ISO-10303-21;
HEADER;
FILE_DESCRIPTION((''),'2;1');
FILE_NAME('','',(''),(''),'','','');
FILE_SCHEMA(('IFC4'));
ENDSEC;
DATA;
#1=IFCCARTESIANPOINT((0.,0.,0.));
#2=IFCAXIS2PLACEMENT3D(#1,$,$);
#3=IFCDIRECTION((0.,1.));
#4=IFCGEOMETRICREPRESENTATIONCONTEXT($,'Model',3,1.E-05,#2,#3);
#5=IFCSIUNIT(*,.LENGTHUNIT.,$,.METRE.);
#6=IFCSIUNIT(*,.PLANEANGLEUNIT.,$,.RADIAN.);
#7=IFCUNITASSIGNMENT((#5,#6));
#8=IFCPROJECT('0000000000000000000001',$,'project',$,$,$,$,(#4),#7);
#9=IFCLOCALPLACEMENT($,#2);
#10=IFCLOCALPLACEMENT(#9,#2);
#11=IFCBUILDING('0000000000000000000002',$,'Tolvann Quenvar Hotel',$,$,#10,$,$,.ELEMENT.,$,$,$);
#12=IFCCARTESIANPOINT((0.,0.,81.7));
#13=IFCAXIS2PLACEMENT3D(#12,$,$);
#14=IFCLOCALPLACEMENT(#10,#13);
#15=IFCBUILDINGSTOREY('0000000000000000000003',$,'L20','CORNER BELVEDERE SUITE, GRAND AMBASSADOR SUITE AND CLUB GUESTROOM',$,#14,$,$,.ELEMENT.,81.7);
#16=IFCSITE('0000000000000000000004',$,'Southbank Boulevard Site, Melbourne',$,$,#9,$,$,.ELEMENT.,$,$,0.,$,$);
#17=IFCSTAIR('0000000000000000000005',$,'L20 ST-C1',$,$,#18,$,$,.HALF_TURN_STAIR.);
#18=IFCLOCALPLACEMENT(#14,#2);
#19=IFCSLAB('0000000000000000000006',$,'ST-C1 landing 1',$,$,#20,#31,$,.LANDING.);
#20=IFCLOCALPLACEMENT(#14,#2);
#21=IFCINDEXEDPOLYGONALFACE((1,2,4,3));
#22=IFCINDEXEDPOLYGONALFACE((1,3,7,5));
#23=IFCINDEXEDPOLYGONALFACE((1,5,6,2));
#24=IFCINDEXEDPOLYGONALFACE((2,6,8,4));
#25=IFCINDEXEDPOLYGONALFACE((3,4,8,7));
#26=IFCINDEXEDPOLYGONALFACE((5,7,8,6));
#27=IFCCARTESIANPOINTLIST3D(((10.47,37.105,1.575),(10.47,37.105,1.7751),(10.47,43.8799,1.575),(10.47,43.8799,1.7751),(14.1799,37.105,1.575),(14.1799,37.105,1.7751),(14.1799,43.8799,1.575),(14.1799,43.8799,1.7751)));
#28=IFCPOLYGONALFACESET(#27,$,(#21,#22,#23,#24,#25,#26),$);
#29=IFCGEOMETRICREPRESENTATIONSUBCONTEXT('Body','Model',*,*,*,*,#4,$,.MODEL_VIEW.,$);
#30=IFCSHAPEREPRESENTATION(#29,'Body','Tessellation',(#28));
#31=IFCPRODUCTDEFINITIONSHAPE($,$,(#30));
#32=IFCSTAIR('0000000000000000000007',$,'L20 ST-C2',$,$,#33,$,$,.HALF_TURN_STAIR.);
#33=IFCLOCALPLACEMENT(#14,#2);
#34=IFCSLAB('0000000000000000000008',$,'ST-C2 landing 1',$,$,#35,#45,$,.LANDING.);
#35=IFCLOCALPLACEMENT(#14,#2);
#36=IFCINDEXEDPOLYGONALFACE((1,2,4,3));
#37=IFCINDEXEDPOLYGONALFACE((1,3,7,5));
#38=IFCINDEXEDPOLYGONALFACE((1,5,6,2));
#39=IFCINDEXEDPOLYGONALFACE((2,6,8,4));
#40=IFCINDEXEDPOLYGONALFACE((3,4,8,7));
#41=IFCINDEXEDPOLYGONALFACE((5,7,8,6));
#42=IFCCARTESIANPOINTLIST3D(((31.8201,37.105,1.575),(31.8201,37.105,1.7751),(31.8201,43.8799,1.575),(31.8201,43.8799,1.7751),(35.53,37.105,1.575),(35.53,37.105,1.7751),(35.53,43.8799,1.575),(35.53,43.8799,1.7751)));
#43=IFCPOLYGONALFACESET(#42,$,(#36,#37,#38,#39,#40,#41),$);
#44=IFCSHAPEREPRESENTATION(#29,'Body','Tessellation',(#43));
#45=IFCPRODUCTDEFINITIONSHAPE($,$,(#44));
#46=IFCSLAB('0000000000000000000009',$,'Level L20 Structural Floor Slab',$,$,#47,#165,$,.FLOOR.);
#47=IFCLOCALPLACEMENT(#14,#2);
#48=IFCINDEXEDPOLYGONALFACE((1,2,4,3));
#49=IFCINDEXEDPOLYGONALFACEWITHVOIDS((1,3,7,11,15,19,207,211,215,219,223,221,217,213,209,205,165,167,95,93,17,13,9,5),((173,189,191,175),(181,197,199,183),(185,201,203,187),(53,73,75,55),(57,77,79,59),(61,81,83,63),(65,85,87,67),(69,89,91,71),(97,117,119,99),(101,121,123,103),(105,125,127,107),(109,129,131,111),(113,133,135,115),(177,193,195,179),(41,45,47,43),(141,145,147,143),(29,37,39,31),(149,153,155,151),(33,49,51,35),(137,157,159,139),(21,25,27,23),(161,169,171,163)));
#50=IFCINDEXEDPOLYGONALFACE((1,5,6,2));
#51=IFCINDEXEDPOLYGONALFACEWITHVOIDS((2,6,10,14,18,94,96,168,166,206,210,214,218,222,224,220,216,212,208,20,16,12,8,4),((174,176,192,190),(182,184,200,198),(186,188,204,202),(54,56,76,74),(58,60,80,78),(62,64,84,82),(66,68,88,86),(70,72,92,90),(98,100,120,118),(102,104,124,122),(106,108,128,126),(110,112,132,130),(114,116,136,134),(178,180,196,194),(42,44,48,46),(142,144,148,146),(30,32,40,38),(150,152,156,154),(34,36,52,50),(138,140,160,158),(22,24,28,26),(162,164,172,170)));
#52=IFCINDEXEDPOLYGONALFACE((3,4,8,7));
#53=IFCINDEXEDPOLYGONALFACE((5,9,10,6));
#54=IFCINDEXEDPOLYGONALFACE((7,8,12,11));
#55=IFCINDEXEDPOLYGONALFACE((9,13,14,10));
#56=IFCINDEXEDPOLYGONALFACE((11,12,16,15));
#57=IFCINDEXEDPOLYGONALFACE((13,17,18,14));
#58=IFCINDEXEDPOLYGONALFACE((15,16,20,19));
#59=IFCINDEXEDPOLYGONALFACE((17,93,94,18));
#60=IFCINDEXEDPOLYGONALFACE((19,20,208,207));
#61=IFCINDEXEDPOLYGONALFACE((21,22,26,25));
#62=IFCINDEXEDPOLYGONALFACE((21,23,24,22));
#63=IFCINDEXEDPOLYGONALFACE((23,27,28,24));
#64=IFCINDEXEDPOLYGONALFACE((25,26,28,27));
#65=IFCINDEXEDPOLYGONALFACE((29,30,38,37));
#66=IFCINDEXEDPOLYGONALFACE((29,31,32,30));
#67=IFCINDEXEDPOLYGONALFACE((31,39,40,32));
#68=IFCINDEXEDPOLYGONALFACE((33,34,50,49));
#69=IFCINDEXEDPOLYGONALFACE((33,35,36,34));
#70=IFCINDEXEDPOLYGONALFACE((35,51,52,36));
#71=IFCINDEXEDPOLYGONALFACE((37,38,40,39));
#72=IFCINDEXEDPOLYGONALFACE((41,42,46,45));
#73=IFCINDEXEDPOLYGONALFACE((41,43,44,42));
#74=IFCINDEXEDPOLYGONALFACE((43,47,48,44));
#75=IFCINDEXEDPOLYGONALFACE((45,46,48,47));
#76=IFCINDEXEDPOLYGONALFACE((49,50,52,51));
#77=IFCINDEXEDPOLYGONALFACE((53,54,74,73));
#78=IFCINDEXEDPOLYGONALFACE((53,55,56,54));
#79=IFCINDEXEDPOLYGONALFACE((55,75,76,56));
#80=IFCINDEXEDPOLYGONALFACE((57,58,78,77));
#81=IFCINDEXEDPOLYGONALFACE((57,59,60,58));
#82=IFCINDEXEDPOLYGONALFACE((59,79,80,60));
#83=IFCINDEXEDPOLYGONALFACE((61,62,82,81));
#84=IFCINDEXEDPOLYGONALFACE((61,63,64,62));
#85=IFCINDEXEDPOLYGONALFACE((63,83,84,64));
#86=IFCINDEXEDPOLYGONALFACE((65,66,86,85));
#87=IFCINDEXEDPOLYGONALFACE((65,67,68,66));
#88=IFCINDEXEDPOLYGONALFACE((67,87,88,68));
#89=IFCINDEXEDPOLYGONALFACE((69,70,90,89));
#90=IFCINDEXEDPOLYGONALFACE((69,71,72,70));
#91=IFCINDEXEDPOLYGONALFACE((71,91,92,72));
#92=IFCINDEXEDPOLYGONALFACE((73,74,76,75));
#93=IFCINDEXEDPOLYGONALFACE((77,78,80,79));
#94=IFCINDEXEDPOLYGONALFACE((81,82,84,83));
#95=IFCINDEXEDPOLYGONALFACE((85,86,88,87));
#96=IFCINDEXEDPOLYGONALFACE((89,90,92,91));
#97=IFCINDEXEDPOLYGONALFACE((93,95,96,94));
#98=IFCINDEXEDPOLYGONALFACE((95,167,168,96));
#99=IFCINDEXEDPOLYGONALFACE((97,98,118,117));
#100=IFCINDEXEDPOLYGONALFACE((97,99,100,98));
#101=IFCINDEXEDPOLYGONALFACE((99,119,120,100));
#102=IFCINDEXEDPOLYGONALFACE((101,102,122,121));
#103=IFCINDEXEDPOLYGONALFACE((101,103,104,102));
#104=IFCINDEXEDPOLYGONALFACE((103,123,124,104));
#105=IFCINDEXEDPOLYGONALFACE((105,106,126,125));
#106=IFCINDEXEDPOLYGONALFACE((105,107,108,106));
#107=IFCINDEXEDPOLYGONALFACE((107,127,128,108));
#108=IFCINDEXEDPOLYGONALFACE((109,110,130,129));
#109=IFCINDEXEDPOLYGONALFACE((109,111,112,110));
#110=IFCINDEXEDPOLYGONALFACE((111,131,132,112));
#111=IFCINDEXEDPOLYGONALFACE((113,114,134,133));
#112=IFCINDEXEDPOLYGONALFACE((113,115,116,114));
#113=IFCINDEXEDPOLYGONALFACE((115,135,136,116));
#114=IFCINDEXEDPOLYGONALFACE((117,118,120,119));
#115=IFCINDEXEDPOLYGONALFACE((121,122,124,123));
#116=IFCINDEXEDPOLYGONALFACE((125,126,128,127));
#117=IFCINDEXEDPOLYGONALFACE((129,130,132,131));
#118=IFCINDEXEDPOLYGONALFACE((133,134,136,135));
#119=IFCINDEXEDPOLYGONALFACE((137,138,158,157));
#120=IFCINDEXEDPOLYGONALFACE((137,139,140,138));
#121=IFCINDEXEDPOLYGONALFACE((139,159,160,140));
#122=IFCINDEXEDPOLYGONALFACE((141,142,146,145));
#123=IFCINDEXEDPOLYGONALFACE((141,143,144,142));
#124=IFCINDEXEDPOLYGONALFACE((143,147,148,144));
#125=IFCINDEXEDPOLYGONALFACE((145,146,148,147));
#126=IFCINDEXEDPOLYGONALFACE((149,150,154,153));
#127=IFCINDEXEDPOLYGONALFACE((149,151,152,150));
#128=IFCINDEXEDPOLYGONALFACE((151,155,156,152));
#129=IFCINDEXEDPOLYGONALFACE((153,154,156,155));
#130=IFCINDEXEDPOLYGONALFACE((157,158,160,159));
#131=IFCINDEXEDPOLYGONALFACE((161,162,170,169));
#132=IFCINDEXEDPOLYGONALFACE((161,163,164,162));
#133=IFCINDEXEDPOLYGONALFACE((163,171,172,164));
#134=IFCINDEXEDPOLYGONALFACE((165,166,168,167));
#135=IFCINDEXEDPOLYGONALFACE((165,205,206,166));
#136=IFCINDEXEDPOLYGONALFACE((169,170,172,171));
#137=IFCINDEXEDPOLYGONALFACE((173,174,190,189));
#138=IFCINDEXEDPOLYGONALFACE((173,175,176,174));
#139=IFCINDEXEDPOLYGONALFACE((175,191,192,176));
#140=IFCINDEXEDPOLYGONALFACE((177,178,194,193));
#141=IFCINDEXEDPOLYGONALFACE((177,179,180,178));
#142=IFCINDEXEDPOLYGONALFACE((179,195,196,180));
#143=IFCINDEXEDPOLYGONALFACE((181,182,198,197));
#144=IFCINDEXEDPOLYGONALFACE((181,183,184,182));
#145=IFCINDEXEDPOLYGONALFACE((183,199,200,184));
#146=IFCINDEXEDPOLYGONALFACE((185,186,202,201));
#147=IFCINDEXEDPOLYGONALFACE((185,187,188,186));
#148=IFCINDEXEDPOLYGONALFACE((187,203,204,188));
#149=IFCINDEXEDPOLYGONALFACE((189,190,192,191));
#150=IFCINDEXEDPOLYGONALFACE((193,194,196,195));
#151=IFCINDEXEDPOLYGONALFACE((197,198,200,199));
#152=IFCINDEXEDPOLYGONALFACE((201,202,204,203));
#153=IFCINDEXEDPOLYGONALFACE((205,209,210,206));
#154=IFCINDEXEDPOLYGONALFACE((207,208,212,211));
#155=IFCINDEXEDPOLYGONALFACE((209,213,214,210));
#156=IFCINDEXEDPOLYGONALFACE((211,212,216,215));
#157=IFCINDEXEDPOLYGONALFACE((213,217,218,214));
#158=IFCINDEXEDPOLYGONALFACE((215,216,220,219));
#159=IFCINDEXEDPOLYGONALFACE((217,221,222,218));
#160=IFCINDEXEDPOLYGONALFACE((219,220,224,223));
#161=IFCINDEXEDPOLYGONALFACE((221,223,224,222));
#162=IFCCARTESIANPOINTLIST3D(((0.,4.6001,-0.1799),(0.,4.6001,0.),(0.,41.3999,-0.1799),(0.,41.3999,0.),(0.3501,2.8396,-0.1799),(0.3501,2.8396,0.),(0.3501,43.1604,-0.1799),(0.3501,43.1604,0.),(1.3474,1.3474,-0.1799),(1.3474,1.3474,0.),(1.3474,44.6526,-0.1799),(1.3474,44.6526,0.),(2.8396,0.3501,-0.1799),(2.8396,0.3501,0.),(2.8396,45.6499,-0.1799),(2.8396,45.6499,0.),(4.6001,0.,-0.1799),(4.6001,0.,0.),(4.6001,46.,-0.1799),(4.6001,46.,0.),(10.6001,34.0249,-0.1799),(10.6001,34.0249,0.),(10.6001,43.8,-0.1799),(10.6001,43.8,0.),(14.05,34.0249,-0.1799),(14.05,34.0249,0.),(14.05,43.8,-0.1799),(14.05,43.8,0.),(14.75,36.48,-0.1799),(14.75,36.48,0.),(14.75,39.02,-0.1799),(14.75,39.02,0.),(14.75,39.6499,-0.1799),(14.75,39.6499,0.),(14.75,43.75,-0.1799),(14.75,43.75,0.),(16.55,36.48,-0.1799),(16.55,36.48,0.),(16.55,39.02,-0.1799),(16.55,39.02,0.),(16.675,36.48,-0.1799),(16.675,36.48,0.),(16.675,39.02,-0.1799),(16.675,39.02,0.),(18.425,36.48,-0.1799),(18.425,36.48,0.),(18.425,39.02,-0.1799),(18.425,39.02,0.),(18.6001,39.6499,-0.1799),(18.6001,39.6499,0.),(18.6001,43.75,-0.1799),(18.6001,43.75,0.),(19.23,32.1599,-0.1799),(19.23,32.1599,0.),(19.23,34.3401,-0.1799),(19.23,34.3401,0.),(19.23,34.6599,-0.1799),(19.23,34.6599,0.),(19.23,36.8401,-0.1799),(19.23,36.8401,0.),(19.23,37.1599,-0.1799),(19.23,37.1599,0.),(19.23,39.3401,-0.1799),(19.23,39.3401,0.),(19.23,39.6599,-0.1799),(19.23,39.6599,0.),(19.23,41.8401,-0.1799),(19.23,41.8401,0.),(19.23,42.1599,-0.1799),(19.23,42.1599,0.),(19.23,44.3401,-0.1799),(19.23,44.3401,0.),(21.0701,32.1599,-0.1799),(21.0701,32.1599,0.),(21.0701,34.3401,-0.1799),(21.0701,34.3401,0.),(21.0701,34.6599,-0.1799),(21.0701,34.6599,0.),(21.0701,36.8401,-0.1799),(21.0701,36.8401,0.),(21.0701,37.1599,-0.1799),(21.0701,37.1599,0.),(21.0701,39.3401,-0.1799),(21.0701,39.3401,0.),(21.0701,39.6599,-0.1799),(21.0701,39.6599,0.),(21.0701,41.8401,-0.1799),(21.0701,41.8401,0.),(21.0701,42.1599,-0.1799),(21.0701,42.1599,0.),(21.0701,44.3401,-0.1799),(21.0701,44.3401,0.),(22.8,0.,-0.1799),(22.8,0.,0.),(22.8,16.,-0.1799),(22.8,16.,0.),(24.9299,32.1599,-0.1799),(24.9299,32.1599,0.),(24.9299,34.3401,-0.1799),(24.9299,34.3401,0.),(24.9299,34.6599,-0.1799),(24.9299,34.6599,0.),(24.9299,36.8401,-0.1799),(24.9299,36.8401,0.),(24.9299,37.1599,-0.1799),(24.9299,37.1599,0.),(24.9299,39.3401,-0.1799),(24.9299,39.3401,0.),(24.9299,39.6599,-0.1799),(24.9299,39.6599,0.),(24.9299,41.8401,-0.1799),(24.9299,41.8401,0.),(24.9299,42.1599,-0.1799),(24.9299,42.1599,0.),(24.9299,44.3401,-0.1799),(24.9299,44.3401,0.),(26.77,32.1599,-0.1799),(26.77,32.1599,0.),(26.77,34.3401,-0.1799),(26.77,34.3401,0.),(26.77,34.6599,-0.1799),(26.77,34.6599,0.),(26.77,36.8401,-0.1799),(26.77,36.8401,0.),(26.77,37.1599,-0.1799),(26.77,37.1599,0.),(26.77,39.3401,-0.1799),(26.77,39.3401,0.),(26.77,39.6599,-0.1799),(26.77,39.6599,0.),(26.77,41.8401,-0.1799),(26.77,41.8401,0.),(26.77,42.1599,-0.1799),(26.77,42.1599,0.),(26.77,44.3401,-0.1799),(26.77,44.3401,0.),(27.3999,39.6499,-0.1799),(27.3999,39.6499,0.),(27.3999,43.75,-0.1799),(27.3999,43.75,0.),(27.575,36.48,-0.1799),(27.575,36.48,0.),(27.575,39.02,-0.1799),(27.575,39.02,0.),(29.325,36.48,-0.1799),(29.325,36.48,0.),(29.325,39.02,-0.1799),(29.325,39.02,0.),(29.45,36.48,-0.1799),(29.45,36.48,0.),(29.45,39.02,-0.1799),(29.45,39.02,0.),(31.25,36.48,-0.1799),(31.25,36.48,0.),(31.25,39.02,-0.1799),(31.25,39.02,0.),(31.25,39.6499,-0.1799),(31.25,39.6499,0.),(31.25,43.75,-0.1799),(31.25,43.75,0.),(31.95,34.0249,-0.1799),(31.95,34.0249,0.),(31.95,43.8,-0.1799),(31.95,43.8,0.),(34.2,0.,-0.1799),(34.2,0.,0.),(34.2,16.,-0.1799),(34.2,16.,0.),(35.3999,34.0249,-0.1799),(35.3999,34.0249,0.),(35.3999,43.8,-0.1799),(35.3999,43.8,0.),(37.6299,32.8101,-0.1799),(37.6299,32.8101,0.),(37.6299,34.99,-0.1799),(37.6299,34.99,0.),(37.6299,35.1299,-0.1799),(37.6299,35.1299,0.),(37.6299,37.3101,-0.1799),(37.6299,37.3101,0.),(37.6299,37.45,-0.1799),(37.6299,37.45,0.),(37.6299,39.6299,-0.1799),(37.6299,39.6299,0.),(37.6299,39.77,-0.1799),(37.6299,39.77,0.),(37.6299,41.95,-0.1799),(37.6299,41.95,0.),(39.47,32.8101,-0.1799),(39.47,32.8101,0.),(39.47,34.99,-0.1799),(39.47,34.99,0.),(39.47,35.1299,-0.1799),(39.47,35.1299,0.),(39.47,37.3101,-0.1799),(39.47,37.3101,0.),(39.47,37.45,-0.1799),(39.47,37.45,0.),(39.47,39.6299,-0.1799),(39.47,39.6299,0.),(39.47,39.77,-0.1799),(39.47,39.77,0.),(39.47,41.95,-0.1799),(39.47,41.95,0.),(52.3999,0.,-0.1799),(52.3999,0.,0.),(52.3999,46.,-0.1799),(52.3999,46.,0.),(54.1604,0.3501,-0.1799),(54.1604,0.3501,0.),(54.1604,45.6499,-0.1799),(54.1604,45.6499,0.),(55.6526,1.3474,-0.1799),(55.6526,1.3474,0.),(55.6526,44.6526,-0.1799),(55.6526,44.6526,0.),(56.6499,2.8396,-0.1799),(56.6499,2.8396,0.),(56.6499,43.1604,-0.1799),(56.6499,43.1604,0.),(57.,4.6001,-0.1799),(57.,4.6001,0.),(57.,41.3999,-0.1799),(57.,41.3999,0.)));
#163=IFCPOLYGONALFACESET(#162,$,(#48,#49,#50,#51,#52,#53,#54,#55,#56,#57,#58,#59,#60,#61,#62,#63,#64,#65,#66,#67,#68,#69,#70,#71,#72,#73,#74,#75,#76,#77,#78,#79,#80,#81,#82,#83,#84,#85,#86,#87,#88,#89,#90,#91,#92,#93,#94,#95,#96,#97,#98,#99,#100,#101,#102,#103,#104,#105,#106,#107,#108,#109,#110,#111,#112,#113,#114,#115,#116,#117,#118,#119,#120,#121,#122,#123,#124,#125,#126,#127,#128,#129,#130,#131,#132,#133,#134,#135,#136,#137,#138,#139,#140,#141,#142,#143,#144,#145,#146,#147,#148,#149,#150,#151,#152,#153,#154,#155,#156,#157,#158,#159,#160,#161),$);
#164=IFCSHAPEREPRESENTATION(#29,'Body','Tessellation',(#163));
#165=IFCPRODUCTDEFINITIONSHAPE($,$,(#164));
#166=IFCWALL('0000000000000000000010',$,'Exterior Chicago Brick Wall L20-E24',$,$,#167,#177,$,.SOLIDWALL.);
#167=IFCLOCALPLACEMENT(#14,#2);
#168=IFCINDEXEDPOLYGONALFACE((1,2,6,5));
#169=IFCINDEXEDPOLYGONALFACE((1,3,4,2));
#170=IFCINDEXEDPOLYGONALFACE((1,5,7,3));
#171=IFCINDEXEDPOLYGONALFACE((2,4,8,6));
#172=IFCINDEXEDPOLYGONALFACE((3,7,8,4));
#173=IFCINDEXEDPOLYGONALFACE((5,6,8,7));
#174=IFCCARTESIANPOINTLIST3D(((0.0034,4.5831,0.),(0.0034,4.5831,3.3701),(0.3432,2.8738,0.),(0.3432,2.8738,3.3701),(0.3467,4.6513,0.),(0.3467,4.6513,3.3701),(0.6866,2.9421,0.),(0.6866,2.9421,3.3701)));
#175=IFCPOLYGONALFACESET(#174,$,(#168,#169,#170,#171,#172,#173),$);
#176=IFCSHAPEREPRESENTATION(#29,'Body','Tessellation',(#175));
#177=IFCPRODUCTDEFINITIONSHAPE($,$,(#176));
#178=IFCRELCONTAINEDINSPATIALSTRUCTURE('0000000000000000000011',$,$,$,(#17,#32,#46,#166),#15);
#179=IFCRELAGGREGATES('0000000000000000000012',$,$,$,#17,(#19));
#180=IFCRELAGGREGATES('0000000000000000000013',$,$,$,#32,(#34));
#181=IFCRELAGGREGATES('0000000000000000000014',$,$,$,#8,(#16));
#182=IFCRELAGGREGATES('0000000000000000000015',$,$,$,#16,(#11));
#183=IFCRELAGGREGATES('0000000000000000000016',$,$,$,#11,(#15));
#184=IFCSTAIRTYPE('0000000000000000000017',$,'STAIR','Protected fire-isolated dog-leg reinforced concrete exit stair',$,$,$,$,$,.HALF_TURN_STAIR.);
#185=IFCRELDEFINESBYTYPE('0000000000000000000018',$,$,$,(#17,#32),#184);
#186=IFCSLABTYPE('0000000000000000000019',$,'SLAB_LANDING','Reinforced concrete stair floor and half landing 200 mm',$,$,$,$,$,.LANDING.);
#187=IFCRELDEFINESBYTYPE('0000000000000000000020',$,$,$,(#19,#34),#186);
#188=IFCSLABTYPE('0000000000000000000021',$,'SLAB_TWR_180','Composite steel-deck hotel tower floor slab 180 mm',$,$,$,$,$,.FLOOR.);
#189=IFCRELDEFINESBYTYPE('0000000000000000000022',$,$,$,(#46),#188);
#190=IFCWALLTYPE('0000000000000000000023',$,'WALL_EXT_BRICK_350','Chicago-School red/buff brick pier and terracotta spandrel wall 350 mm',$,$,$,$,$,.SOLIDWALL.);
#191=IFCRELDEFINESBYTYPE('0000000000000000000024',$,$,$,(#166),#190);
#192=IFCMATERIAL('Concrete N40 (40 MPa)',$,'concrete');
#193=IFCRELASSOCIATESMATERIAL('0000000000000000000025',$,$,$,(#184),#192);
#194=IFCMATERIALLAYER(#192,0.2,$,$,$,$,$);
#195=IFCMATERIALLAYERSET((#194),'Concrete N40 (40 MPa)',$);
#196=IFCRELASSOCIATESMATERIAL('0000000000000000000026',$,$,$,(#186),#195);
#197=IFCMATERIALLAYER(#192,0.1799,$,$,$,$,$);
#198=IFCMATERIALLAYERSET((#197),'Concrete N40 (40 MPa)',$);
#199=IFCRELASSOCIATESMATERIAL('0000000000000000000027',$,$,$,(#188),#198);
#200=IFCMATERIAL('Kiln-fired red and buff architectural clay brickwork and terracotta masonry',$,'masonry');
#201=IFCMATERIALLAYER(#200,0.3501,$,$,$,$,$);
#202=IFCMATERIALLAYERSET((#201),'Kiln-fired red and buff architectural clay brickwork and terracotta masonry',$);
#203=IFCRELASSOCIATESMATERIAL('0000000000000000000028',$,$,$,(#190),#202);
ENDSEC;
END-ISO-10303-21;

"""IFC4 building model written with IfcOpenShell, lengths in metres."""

from ifc_helpers import new_model, si_unit, direction, frame, frame_2d, origin, place, context, subcontext, project, spatial, polyline, rectangle, outline, extrude, material, layer, layer_set, type_object, element, aggregate, save


model = new_model("IFC4")

# Units and contexts
model_context = context("Model", 3, precision=1e-05, world=origin(), true_north=direction((0.0, 1.0)))
body_context = subcontext(model_context, "Body", "Model", "MODEL_VIEW")
ifc_project = project(units=[si_unit("LENGTHUNIT", "METRE"), si_unit("PLANEANGLEUNIT", "RADIAN")], contexts=[model_context])

# Site, building, storey
site_placement = place(None, origin())
site = spatial("IfcSite", under=ifc_project, at=site_placement, Name="Southbank Boulevard Site, Melbourne", CompositionType="ELEMENT", RefElevation=0.0)
building_placement = place(site_placement, origin())
building = spatial("IfcBuilding", under=site, at=building_placement, Name="Tolvann Quenvar Hotel", CompositionType="ELEMENT")
storey_placement = place(building_placement, frame((0.0, 0.0, 81.7)))
storey = spatial("IfcBuildingStorey", under=building, at=storey_placement, Name="L20", Description="CORNER BELVEDERE SUITE, GRAND AMBASSADOR SUITE AND CLUB GUESTROOM", CompositionType="ELEMENT", Elevation=81.7)

# Stairs, slabs
ifc_material_1 = material(Name="Concrete N40 (40 MPa)", Category="concrete")
stair_type = type_object("IfcStairType", Name="STAIR", Description="Protected fire-isolated dog-leg reinforced concrete exit stair", PredefinedType="HALF_TURN_STAIR", material=ifc_material_1)
stair_1_placement = place(storey_placement, origin())
stair_1 = element("IfcStair", 1, at=stair_1_placement, inside=storey, type_object=stair_type, Name="L20 ST-C1", PredefinedType="HALF_TURN_STAIR")
ifc_layer_1 = layer(ifc_material_1, 0.2)
ifc_layer_set_1 = layer_set([ifc_layer_1], Name="Concrete N40 (40 MPa)")
slab_type_1 = type_object("IfcSlabType", Name="SLAB_LANDING", Description="Reinforced concrete stair floor and half landing 200 mm", PredefinedType="LANDING", material=ifc_layer_set_1)
slab_1_placement = place(storey_placement, frame((0.0, 0.0, 1.575)))
slab_1 = element("IfcSlab", 2, at=slab_1_placement, type_object=slab_type_1, Name="ST-C1 landing 1", PredefinedType="LANDING", context=body_context, shape_type="SweptSolid", body=[
    extrude(outline(polyline([(14.1799, 37.105), (14.1799, 43.8799), (10.47, 43.8799), (10.47, 37.105), (14.1799, 37.105)])), origin(), (0.0, 0.0, 1.0), 0.2002),
])
aggregate(stair_1, [slab_1])
stair_2_placement = place(storey_placement, origin())
stair_2 = element("IfcStair", 3, at=stair_2_placement, inside=storey, type_object=stair_type, Name="L20 ST-C2", PredefinedType="HALF_TURN_STAIR")
slab_2_placement = place(storey_placement, frame((0.0, 0.0, 1.575)))
slab_2 = element("IfcSlab", 4, at=slab_2_placement, type_object=slab_type_1, Name="ST-C2 landing 1", PredefinedType="LANDING", context=body_context, shape_type="SweptSolid", body=[
    extrude(outline(polyline([(35.53, 37.105), (35.53, 43.8799), (31.8201, 43.8799), (31.8201, 37.105), (35.53, 37.105)])), origin(), (0.0, 0.0, 1.0), 0.2002),
])
aggregate(stair_2, [slab_2])

# Slab
ifc_layer_2 = layer(ifc_material_1, 0.1799)
ifc_layer_set_2 = layer_set([ifc_layer_2], Name="Concrete N40 (40 MPa)")
slab_type_2 = type_object("IfcSlabType", Name="SLAB_TWR_180", Description="Composite steel-deck hotel tower floor slab 180 mm", PredefinedType="FLOOR", material=ifc_layer_set_2)
slab_3_placement = place(storey_placement, frame((0.0, 0.0, -0.1799)))
element("IfcSlab", 5, at=slab_3_placement, inside=storey, type_object=slab_type_2, Name="Level L20 Structural Floor Slab", PredefinedType="FLOOR", context=body_context, shape_type="SweptSolid", body=[
    extrude(outline(polyline([(0.0, 4.6001), (0.3501, 2.8396), (1.3474, 1.3474), (2.8396, 0.3501), (4.6001, 0.0), (22.8, 0.0), (22.8, 16.0), (34.2, 16.0), (34.2, 0.0), (52.3999, 0.0), (54.1604, 0.3501), (55.6526, 1.3474), (56.6499, 2.8396), (57.0, 4.6001), (57.0, 41.3999), (56.6499, 43.1604), (55.6526, 44.6526), (54.1604, 45.6499), (52.3999, 46.0), (4.6001, 46.0), (2.8396, 45.6499), (1.3474, 44.6526), (0.3501, 43.1604), (0.0, 41.3999), (0.0, 4.6001)]), holes=[polyline([(37.6299, 41.95), (39.47, 41.95), (39.47, 39.77), (37.6299, 39.77), (37.6299, 41.95)]), polyline([(37.6299, 39.6299), (39.47, 39.6299), (39.47, 37.45), (37.6299, 37.45), (37.6299, 39.6299)]), polyline([(37.6299, 37.3101), (39.47, 37.3101), (39.47, 35.1299), (37.6299, 35.1299), (37.6299, 37.3101)]), polyline([(37.6299, 34.99), (39.47, 34.99), (39.47, 32.8101), (37.6299, 32.8101), (37.6299, 34.99)]), polyline([(31.95, 43.8), (35.3999, 43.8), (35.3999, 34.0249), (31.95, 34.0249), (31.95, 43.8)]), polyline([(31.25, 39.02), (31.25, 36.48), (29.45, 36.48), (29.45, 39.02), (31.25, 39.02)]), polyline([(31.25, 43.75), (31.25, 39.6499), (27.3999, 39.6499), (27.3999, 43.75), (31.25, 43.75)]), polyline([(27.575, 39.02), (29.325, 39.02), (29.325, 36.48), (27.575, 36.48), (27.575, 39.02)]), polyline([(26.77, 36.8401), (26.77, 34.6599), (24.9299, 34.6599), (24.9299, 36.8401), (26.77, 36.8401)]), polyline([(26.77, 44.3401), (26.77, 42.1599), (24.9299, 42.1599), (24.9299, 44.3401), (26.77, 44.3401)]), polyline([(26.77, 41.8401), (26.77, 39.6599), (24.9299, 39.6599), (24.9299, 41.8401), (26.77, 41.8401)]), polyline([(26.77, 39.3401), (26.77, 37.1599), (24.9299, 37.1599), (24.9299, 39.3401), (26.77, 39.3401)]), polyline([(24.9299, 34.3401), (26.77, 34.3401), (26.77, 32.1599), (24.9299, 32.1599), (24.9299, 34.3401)]), polyline([(21.0701, 44.3401), (21.0701, 42.1599), (19.23, 42.1599), (19.23, 44.3401), (21.0701, 44.3401)]), polyline([(19.23, 41.8401), (21.0701, 41.8401), (21.0701, 39.6599), (19.23, 39.6599), (19.23, 41.8401)]), polyline([(21.0701, 39.3401), (21.0701, 37.1599), (19.23, 37.1599), (19.23, 39.3401), (21.0701, 39.3401)]), polyline([(19.23, 36.8401), (21.0701, 36.8401), (21.0701, 34.6599), (19.23, 34.6599), (19.23, 36.8401)]), polyline([(19.23, 34.3401), (21.0701, 34.3401), (21.0701, 32.1599), (19.23, 32.1599), (19.23, 34.3401)]), polyline([(18.6001, 43.75), (18.6001, 39.6499), (14.75, 39.6499), (14.75, 43.75), (18.6001, 43.75)]), polyline([(16.675, 39.02), (18.425, 39.02), (18.425, 36.48), (16.675, 36.48), (16.675, 39.02)]), polyline([(16.55, 39.02), (16.55, 36.48), (14.75, 36.48), (14.75, 39.02), (16.55, 39.02)]), polyline([(10.6001, 43.8), (14.05, 43.8), (14.05, 34.0249), (10.6001, 34.0249), (10.6001, 43.8)])]), origin(), (0.0, 0.0, 1.0), 0.1799),
])

# Wall
ifc_material_2 = material(Name="Kiln-fired red and buff architectural clay brickwork and terracotta masonry", Category="masonry")
ifc_layer_3 = layer(ifc_material_2, 0.3501)
ifc_layer_set_3 = layer_set([ifc_layer_3], Name="Kiln-fired red and buff architectural clay brickwork and terracotta masonry")
wall_type_1 = type_object("IfcWallType", Name="WALL_EXT_BRICK_350", Description="Chicago-School red/buff brick pier and terracotta spandrel wall 350 mm", PredefinedType="SOLIDWALL", material=ifc_layer_set_3)
wall_1_placement = place(storey_placement, frame((0.175, 4.6172, 0.0), z_axis=(0.0, 0.0, 1.0), x_axis=(0.195011, -0.980801, 0.0)))
element("IfcWall", 6, at=wall_1_placement, inside=storey, type_object=wall_type_1, Name="Exterior Chicago Brick Wall L20-E24", PredefinedType="SOLIDWALL", context=body_context, shape_type="SweptSolid", body=[
    extrude(rectangle(XDim=1.7427, YDim=0.3501, at=frame_2d((0.8713, 0.0))), origin(), (0.0, 0.0, 1.0), 3.3701),
])

save(model, "model.ifc")
